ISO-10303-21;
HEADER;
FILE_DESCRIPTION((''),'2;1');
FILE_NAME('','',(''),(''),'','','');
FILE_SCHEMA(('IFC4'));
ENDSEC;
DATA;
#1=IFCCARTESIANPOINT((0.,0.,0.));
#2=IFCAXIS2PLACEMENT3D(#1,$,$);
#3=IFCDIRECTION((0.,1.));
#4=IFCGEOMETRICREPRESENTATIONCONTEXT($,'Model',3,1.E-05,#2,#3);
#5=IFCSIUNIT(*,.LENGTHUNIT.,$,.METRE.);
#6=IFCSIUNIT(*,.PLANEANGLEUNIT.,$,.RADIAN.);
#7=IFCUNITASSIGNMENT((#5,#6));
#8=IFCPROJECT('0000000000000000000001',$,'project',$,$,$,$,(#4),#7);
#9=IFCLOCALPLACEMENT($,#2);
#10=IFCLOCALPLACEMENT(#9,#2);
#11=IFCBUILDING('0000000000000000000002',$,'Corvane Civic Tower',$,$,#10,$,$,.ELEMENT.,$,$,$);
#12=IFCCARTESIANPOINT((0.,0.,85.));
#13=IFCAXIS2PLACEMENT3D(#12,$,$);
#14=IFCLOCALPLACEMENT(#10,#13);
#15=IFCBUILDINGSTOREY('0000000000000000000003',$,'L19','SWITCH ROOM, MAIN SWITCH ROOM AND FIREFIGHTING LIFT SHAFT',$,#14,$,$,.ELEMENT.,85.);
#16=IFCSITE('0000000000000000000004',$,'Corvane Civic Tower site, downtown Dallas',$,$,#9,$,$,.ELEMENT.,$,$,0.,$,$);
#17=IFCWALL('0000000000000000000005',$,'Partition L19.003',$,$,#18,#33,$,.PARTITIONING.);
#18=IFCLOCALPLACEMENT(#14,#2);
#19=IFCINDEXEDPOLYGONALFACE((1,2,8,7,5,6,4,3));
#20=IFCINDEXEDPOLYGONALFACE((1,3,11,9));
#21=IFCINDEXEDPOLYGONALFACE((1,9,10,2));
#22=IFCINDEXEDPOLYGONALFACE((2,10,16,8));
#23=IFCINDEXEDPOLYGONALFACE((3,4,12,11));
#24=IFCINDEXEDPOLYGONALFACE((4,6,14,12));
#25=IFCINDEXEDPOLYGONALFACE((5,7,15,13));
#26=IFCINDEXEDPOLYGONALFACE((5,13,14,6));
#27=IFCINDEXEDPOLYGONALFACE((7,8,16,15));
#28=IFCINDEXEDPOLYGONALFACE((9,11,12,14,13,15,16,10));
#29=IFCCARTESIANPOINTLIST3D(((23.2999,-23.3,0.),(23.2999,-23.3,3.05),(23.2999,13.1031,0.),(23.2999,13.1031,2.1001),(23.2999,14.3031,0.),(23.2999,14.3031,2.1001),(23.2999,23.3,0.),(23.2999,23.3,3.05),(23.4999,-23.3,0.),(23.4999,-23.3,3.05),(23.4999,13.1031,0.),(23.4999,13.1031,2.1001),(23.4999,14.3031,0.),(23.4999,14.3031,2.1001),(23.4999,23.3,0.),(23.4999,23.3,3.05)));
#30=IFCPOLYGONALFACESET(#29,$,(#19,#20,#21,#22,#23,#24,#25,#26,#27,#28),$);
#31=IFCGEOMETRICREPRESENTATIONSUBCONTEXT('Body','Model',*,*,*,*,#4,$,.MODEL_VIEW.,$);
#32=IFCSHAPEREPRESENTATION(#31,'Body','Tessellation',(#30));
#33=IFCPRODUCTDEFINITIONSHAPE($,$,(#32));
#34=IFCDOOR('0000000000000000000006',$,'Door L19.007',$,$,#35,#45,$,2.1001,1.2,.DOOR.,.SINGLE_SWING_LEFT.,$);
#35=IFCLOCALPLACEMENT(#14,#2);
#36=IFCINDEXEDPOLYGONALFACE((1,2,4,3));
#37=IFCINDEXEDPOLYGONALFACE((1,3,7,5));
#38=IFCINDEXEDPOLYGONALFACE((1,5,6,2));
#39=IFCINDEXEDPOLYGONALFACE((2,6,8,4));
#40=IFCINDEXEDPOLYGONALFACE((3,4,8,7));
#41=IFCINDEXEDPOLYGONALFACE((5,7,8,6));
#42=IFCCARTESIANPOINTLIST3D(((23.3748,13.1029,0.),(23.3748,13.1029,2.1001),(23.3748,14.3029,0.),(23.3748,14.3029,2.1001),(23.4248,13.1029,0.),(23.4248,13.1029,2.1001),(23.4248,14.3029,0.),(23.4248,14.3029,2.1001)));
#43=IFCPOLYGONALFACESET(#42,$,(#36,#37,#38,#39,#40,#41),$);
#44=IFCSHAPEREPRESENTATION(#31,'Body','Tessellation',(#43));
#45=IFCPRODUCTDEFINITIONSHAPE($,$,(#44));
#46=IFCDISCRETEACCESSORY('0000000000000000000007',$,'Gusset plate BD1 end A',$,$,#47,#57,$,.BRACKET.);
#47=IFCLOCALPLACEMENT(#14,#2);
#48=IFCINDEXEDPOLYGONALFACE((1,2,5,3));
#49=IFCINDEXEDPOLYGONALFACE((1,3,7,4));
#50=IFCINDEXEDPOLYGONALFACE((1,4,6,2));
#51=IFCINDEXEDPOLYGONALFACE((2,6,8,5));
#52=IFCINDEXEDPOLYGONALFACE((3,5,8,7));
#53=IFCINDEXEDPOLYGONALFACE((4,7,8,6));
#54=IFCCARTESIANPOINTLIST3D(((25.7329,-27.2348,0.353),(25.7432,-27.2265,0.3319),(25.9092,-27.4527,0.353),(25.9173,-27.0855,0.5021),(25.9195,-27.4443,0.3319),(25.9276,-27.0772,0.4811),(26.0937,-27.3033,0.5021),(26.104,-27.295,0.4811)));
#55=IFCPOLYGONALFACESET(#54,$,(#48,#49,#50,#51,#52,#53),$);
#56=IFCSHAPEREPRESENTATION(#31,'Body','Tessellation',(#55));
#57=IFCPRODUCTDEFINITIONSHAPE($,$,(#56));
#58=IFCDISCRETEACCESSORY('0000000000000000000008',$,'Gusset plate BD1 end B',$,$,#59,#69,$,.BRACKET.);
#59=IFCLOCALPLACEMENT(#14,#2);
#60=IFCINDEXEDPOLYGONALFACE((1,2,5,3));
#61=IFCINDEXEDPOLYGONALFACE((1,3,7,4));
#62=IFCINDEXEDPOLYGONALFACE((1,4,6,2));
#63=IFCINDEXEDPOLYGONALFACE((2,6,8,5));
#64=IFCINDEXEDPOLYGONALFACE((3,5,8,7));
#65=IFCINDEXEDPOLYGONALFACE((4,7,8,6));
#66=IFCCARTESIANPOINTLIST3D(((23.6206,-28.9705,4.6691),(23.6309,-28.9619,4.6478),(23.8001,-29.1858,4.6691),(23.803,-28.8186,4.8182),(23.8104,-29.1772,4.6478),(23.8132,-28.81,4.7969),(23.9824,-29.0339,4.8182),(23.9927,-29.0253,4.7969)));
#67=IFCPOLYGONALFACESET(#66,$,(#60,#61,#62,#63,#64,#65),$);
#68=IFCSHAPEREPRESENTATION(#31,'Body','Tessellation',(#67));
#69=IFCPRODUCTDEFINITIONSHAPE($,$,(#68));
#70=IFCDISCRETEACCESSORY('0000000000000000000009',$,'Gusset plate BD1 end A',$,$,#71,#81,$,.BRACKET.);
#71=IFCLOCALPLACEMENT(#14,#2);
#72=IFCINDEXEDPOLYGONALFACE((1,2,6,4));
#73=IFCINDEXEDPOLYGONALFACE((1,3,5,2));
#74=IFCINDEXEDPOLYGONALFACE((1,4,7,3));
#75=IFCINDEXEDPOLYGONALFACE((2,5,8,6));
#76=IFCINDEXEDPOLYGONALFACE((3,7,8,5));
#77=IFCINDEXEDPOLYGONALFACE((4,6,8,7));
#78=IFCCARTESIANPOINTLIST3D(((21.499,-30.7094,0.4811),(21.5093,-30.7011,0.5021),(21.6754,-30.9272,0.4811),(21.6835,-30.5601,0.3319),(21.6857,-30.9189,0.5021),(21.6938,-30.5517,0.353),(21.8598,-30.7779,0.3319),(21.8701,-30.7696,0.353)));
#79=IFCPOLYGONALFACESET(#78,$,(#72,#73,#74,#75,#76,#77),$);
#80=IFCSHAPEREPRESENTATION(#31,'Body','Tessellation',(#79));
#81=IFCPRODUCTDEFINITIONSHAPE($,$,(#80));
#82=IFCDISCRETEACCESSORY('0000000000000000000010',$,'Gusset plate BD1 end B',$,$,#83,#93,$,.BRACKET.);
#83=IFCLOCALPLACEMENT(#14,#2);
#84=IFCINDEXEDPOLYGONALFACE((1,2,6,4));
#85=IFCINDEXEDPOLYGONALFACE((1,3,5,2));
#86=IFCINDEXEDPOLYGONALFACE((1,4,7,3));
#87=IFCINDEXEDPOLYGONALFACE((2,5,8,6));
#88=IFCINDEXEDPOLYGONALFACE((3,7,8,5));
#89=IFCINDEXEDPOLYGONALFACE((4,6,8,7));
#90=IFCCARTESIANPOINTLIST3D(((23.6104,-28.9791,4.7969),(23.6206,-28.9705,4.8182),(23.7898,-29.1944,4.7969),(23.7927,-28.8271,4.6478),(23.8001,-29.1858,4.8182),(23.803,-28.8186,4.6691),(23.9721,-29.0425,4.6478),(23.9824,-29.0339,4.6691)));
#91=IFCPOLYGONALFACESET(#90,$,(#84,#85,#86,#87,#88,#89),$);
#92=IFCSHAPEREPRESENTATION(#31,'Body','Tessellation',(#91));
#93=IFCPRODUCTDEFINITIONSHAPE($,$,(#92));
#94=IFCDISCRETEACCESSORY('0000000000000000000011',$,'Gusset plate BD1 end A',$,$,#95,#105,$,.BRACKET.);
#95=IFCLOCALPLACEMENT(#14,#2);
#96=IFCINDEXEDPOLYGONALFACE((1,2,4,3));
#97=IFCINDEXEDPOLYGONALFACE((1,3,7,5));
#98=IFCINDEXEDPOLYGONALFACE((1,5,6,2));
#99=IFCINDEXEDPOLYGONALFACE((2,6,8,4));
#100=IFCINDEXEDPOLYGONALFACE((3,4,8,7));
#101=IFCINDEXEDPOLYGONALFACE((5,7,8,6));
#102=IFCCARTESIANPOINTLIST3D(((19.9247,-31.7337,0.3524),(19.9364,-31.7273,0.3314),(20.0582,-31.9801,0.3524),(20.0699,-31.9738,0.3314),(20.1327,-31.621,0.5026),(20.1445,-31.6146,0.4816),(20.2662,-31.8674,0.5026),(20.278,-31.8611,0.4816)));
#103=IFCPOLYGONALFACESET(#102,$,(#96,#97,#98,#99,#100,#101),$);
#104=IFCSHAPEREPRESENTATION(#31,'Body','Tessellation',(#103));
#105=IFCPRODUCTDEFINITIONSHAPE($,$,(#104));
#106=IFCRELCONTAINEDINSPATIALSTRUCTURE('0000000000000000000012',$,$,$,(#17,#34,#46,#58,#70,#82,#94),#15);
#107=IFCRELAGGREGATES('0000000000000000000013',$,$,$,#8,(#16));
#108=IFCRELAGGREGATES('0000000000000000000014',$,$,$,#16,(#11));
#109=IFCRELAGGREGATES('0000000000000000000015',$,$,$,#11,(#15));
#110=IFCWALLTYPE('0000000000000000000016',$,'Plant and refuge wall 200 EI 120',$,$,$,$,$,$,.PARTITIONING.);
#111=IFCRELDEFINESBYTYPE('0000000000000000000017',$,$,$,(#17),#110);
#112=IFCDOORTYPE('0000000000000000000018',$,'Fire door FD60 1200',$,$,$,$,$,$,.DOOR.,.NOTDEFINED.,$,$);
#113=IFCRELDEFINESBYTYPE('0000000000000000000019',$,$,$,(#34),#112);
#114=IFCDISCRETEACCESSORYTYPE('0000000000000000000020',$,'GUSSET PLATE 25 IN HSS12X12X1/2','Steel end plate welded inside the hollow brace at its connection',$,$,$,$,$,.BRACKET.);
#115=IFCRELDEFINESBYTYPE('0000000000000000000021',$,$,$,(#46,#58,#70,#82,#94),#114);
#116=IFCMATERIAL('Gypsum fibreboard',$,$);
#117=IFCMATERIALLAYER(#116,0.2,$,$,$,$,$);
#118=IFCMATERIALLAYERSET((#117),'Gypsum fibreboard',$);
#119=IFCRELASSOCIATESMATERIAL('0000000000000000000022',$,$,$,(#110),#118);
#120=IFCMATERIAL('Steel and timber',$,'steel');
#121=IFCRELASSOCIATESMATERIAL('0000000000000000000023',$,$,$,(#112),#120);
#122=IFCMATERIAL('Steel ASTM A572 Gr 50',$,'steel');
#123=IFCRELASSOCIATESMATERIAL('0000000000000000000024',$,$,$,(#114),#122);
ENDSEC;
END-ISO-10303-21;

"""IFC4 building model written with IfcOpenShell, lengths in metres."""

from ifc_helpers import new_model, si_unit, direction, frame, frame_2d, origin, origin_2d, place, context, subcontext, project, spatial, rectangle, extrude, material, layer, layer_set, material_profile, profile_set, type_object, element, fill, save


model = new_model("IFC4")

# Units and contexts
model_context = context("Model", 3, precision=1e-05, world=origin(), true_north=direction((0.0, 1.0)))
body_context = subcontext(model_context, "Body", "Model", "MODEL_VIEW")
ifc_project = project(units=[si_unit("LENGTHUNIT", "METRE"), si_unit("PLANEANGLEUNIT", "RADIAN")], contexts=[model_context])

# Site, building, storey
site_placement = place(None, origin())
site = spatial("IfcSite", under=ifc_project, at=site_placement, Name="Corvane Civic Tower site, downtown Dallas", CompositionType="ELEMENT", RefElevation=0.0)
building_placement = place(site_placement, origin())
building = spatial("IfcBuilding", under=site, at=building_placement, Name="Corvane Civic Tower", CompositionType="ELEMENT")
storey_placement = place(building_placement, frame((0.0, 0.0, 85.0)))
storey = spatial("IfcBuildingStorey", under=building, at=storey_placement, Name="L19", Description="SWITCH ROOM, MAIN SWITCH ROOM AND FIREFIGHTING LIFT SHAFT", CompositionType="ELEMENT", Elevation=85.0)

# Shared definitions
ifc_material_1 = material(Name="Gypsum fibreboard")
ifc_layer_1 = layer(ifc_material_1, 0.2)
ifc_layer_set_1 = layer_set([ifc_layer_1], Name="Gypsum fibreboard")
wall_type_1 = type_object("IfcWallType", Name="Plant and refuge wall 200 EI 120", PredefinedType="PARTITIONING", material=ifc_layer_set_1)

# Wall, opening, door
wall_1_placement = place(storey_placement, frame((23.3999, -23.3, 0.0), z_axis=(0.0, 0.0, 1.0), x_axis=(0.0, 1.0, 0.0)))
wall_1 = element("IfcWall", 1, at=wall_1_placement, inside=storey, type_object=wall_type_1, Name="Partition L19.003", PredefinedType="PARTITIONING", context=body_context, shape_type="SweptSolid", body=[
    extrude(rectangle(XDim=46.6001, YDim=0.2, at=frame_2d((23.3, 0.0))), origin(), (0.0, 0.0, 1.0), 3.05),
])
opening_placement = place(wall_1_placement, frame((36.4031, 0.0, 0.0)))
opening = element("IfcOpeningElement", 2, at=opening_placement, cuts=wall_1, PredefinedType="OPENING", context=body_context, shape_type="SweptSolid", body=[
    extrude(rectangle(XDim=1.2, YDim=2.1001, at=frame_2d((0.6001, 1.05))), frame((0.0, 0.1099, 0.0), z_axis=(0.0, -1.0, 0.0), x_axis=(1.0, 0.0, 0.0)), (0.0, 0.0, 1.0), 0.22),
])
ifc_material_2 = material(Name="Steel and timber", Category="steel")
door_type = type_object("IfcDoorType", Name="Fire door FD60 1200", OperationType="NOTDEFINED", PredefinedType="DOOR", material=ifc_material_2)
door_placement = place(opening_placement, frame((1.2, 0.0, 0.0), z_axis=(0.0, 0.0, 1.0), x_axis=(-1.0, 0.0, 0.0)))
door = element("IfcDoor", 3, at=door_placement, inside=storey, type_object=door_type, Name="Door L19.007", OperationType="SINGLE_SWING_LEFT", OverallHeight=2.1001, OverallWidth=1.2, PredefinedType="DOOR", context=body_context, shape_type="SweptSolid", body=[
    extrude(rectangle(XDim=1.2, YDim=2.1001, at=frame_2d((0.6001, 1.05))), frame((0.0, 0.0249, 0.0), z_axis=(0.0, -1.0, 0.0), x_axis=(1.0, 0.0, 0.0)), (0.0, 0.0, 1.0), 0.05),
])
fill(opening, door)

# Discrete accessories
ifc_material_3 = material(Name="Steel ASTM A572 Gr 50", Category="steel")
ifc_material_profile_1 = material_profile(ifc_material_3, rectangle(XDim=0.2803, YDim=0.2803, at=origin_2d()), Name="GUSSET PLATE 25 IN HSS12X12X1/2")
ifc_profile_set_1 = profile_set([ifc_material_profile_1], Name="Steel ASTM A572 Gr 50")
discrete_accessory_type = type_object("IfcDiscreteAccessoryType", Name="GUSSET PLATE 25 IN HSS12X12X1/2", Description="Steel end plate welded inside the hollow brace at its connection", PredefinedType="BRACKET", material=ifc_profile_set_1)
discrete_accessory_1_placement = place(storey_placement, frame((25.9236, -27.2607, 0.4065), z_axis=(-0.413517, -0.334752, 0.846726), x_axis=(0.629198, -0.777245, 0.0)))
element("IfcDiscreteAccessory", 4, at=discrete_accessory_1_placement, inside=storey, type_object=discrete_accessory_type, Name="Gusset plate BD1 end A", PredefinedType="BRACKET", context=body_context, shape_type="SweptSolid", body=[
    extrude(rectangle(XDim=0.2803, YDim=0.2803, at=origin_2d()), origin(), (0.0, 0.0, 1.0), 0.0249),
])
discrete_accessory_2_placement = place(storey_placement, frame((23.8015, -29.0022, 4.7437), z_axis=(0.408751, 0.340626, -0.846698), x_axis=(-0.640184, 0.768221, 0.0)))
element("IfcDiscreteAccessory", 5, at=discrete_accessory_2_placement, inside=storey, type_object=discrete_accessory_type, Name="Gusset plate BD1 end B", PredefinedType="BRACKET", context=body_context, shape_type="SweptSolid", body=[
    extrude(rectangle(XDim=0.2803, YDim=0.2803, at=origin_2d()), origin(), (0.0, 0.0, 1.0), 0.0251),
])
discrete_accessory_3_placement = place(storey_placement, frame((21.6794, -30.7437, 0.4065), z_axis=(0.413517, 0.334752, 0.846726), x_axis=(-0.629198, 0.777245, 0.0)))
element("IfcDiscreteAccessory", 6, at=discrete_accessory_3_placement, inside=storey, type_object=discrete_accessory_type, Name="Gusset plate BD1 end A", PredefinedType="BRACKET", context=body_context, shape_type="SweptSolid", body=[
    extrude(rectangle(XDim=0.2803, YDim=0.2803, at=origin_2d()), origin(), (0.0, 0.0, 1.0), 0.0249),
])
discrete_accessory_4_placement = place(storey_placement, frame((23.8015, -29.0022, 4.7437), z_axis=(-0.408751, -0.340626, -0.846698), x_axis=(0.640184, -0.768221, 0.0)))
element("IfcDiscreteAccessory", 7, at=discrete_accessory_4_placement, inside=storey, type_object=discrete_accessory_type, Name="Gusset plate BD1 end B", PredefinedType="BRACKET", context=body_context, shape_type="SweptSolid", body=[
    extrude(rectangle(XDim=0.2803, YDim=0.2803, at=origin_2d()), origin(), (0.0, 0.0, 1.0), 0.0251),
])
discrete_accessory_5_placement = place(storey_placement, frame((20.1072, -31.7942, 0.4065), z_axis=(-0.471223, -0.255246, 0.844274), x_axis=(0.476283, -0.879292, 0.0)))
element("IfcDiscreteAccessory", 8, at=discrete_accessory_5_placement, inside=storey, type_object=discrete_accessory_type, Name="Gusset plate BD1 end A", PredefinedType="BRACKET", context=body_context, shape_type="SweptSolid", body=[
    extrude(rectangle(XDim=0.2803, YDim=0.2803, at=origin_2d()), origin(), (0.0, 0.0, 1.0), 0.0249),
])

save(model, "model.ifc")
